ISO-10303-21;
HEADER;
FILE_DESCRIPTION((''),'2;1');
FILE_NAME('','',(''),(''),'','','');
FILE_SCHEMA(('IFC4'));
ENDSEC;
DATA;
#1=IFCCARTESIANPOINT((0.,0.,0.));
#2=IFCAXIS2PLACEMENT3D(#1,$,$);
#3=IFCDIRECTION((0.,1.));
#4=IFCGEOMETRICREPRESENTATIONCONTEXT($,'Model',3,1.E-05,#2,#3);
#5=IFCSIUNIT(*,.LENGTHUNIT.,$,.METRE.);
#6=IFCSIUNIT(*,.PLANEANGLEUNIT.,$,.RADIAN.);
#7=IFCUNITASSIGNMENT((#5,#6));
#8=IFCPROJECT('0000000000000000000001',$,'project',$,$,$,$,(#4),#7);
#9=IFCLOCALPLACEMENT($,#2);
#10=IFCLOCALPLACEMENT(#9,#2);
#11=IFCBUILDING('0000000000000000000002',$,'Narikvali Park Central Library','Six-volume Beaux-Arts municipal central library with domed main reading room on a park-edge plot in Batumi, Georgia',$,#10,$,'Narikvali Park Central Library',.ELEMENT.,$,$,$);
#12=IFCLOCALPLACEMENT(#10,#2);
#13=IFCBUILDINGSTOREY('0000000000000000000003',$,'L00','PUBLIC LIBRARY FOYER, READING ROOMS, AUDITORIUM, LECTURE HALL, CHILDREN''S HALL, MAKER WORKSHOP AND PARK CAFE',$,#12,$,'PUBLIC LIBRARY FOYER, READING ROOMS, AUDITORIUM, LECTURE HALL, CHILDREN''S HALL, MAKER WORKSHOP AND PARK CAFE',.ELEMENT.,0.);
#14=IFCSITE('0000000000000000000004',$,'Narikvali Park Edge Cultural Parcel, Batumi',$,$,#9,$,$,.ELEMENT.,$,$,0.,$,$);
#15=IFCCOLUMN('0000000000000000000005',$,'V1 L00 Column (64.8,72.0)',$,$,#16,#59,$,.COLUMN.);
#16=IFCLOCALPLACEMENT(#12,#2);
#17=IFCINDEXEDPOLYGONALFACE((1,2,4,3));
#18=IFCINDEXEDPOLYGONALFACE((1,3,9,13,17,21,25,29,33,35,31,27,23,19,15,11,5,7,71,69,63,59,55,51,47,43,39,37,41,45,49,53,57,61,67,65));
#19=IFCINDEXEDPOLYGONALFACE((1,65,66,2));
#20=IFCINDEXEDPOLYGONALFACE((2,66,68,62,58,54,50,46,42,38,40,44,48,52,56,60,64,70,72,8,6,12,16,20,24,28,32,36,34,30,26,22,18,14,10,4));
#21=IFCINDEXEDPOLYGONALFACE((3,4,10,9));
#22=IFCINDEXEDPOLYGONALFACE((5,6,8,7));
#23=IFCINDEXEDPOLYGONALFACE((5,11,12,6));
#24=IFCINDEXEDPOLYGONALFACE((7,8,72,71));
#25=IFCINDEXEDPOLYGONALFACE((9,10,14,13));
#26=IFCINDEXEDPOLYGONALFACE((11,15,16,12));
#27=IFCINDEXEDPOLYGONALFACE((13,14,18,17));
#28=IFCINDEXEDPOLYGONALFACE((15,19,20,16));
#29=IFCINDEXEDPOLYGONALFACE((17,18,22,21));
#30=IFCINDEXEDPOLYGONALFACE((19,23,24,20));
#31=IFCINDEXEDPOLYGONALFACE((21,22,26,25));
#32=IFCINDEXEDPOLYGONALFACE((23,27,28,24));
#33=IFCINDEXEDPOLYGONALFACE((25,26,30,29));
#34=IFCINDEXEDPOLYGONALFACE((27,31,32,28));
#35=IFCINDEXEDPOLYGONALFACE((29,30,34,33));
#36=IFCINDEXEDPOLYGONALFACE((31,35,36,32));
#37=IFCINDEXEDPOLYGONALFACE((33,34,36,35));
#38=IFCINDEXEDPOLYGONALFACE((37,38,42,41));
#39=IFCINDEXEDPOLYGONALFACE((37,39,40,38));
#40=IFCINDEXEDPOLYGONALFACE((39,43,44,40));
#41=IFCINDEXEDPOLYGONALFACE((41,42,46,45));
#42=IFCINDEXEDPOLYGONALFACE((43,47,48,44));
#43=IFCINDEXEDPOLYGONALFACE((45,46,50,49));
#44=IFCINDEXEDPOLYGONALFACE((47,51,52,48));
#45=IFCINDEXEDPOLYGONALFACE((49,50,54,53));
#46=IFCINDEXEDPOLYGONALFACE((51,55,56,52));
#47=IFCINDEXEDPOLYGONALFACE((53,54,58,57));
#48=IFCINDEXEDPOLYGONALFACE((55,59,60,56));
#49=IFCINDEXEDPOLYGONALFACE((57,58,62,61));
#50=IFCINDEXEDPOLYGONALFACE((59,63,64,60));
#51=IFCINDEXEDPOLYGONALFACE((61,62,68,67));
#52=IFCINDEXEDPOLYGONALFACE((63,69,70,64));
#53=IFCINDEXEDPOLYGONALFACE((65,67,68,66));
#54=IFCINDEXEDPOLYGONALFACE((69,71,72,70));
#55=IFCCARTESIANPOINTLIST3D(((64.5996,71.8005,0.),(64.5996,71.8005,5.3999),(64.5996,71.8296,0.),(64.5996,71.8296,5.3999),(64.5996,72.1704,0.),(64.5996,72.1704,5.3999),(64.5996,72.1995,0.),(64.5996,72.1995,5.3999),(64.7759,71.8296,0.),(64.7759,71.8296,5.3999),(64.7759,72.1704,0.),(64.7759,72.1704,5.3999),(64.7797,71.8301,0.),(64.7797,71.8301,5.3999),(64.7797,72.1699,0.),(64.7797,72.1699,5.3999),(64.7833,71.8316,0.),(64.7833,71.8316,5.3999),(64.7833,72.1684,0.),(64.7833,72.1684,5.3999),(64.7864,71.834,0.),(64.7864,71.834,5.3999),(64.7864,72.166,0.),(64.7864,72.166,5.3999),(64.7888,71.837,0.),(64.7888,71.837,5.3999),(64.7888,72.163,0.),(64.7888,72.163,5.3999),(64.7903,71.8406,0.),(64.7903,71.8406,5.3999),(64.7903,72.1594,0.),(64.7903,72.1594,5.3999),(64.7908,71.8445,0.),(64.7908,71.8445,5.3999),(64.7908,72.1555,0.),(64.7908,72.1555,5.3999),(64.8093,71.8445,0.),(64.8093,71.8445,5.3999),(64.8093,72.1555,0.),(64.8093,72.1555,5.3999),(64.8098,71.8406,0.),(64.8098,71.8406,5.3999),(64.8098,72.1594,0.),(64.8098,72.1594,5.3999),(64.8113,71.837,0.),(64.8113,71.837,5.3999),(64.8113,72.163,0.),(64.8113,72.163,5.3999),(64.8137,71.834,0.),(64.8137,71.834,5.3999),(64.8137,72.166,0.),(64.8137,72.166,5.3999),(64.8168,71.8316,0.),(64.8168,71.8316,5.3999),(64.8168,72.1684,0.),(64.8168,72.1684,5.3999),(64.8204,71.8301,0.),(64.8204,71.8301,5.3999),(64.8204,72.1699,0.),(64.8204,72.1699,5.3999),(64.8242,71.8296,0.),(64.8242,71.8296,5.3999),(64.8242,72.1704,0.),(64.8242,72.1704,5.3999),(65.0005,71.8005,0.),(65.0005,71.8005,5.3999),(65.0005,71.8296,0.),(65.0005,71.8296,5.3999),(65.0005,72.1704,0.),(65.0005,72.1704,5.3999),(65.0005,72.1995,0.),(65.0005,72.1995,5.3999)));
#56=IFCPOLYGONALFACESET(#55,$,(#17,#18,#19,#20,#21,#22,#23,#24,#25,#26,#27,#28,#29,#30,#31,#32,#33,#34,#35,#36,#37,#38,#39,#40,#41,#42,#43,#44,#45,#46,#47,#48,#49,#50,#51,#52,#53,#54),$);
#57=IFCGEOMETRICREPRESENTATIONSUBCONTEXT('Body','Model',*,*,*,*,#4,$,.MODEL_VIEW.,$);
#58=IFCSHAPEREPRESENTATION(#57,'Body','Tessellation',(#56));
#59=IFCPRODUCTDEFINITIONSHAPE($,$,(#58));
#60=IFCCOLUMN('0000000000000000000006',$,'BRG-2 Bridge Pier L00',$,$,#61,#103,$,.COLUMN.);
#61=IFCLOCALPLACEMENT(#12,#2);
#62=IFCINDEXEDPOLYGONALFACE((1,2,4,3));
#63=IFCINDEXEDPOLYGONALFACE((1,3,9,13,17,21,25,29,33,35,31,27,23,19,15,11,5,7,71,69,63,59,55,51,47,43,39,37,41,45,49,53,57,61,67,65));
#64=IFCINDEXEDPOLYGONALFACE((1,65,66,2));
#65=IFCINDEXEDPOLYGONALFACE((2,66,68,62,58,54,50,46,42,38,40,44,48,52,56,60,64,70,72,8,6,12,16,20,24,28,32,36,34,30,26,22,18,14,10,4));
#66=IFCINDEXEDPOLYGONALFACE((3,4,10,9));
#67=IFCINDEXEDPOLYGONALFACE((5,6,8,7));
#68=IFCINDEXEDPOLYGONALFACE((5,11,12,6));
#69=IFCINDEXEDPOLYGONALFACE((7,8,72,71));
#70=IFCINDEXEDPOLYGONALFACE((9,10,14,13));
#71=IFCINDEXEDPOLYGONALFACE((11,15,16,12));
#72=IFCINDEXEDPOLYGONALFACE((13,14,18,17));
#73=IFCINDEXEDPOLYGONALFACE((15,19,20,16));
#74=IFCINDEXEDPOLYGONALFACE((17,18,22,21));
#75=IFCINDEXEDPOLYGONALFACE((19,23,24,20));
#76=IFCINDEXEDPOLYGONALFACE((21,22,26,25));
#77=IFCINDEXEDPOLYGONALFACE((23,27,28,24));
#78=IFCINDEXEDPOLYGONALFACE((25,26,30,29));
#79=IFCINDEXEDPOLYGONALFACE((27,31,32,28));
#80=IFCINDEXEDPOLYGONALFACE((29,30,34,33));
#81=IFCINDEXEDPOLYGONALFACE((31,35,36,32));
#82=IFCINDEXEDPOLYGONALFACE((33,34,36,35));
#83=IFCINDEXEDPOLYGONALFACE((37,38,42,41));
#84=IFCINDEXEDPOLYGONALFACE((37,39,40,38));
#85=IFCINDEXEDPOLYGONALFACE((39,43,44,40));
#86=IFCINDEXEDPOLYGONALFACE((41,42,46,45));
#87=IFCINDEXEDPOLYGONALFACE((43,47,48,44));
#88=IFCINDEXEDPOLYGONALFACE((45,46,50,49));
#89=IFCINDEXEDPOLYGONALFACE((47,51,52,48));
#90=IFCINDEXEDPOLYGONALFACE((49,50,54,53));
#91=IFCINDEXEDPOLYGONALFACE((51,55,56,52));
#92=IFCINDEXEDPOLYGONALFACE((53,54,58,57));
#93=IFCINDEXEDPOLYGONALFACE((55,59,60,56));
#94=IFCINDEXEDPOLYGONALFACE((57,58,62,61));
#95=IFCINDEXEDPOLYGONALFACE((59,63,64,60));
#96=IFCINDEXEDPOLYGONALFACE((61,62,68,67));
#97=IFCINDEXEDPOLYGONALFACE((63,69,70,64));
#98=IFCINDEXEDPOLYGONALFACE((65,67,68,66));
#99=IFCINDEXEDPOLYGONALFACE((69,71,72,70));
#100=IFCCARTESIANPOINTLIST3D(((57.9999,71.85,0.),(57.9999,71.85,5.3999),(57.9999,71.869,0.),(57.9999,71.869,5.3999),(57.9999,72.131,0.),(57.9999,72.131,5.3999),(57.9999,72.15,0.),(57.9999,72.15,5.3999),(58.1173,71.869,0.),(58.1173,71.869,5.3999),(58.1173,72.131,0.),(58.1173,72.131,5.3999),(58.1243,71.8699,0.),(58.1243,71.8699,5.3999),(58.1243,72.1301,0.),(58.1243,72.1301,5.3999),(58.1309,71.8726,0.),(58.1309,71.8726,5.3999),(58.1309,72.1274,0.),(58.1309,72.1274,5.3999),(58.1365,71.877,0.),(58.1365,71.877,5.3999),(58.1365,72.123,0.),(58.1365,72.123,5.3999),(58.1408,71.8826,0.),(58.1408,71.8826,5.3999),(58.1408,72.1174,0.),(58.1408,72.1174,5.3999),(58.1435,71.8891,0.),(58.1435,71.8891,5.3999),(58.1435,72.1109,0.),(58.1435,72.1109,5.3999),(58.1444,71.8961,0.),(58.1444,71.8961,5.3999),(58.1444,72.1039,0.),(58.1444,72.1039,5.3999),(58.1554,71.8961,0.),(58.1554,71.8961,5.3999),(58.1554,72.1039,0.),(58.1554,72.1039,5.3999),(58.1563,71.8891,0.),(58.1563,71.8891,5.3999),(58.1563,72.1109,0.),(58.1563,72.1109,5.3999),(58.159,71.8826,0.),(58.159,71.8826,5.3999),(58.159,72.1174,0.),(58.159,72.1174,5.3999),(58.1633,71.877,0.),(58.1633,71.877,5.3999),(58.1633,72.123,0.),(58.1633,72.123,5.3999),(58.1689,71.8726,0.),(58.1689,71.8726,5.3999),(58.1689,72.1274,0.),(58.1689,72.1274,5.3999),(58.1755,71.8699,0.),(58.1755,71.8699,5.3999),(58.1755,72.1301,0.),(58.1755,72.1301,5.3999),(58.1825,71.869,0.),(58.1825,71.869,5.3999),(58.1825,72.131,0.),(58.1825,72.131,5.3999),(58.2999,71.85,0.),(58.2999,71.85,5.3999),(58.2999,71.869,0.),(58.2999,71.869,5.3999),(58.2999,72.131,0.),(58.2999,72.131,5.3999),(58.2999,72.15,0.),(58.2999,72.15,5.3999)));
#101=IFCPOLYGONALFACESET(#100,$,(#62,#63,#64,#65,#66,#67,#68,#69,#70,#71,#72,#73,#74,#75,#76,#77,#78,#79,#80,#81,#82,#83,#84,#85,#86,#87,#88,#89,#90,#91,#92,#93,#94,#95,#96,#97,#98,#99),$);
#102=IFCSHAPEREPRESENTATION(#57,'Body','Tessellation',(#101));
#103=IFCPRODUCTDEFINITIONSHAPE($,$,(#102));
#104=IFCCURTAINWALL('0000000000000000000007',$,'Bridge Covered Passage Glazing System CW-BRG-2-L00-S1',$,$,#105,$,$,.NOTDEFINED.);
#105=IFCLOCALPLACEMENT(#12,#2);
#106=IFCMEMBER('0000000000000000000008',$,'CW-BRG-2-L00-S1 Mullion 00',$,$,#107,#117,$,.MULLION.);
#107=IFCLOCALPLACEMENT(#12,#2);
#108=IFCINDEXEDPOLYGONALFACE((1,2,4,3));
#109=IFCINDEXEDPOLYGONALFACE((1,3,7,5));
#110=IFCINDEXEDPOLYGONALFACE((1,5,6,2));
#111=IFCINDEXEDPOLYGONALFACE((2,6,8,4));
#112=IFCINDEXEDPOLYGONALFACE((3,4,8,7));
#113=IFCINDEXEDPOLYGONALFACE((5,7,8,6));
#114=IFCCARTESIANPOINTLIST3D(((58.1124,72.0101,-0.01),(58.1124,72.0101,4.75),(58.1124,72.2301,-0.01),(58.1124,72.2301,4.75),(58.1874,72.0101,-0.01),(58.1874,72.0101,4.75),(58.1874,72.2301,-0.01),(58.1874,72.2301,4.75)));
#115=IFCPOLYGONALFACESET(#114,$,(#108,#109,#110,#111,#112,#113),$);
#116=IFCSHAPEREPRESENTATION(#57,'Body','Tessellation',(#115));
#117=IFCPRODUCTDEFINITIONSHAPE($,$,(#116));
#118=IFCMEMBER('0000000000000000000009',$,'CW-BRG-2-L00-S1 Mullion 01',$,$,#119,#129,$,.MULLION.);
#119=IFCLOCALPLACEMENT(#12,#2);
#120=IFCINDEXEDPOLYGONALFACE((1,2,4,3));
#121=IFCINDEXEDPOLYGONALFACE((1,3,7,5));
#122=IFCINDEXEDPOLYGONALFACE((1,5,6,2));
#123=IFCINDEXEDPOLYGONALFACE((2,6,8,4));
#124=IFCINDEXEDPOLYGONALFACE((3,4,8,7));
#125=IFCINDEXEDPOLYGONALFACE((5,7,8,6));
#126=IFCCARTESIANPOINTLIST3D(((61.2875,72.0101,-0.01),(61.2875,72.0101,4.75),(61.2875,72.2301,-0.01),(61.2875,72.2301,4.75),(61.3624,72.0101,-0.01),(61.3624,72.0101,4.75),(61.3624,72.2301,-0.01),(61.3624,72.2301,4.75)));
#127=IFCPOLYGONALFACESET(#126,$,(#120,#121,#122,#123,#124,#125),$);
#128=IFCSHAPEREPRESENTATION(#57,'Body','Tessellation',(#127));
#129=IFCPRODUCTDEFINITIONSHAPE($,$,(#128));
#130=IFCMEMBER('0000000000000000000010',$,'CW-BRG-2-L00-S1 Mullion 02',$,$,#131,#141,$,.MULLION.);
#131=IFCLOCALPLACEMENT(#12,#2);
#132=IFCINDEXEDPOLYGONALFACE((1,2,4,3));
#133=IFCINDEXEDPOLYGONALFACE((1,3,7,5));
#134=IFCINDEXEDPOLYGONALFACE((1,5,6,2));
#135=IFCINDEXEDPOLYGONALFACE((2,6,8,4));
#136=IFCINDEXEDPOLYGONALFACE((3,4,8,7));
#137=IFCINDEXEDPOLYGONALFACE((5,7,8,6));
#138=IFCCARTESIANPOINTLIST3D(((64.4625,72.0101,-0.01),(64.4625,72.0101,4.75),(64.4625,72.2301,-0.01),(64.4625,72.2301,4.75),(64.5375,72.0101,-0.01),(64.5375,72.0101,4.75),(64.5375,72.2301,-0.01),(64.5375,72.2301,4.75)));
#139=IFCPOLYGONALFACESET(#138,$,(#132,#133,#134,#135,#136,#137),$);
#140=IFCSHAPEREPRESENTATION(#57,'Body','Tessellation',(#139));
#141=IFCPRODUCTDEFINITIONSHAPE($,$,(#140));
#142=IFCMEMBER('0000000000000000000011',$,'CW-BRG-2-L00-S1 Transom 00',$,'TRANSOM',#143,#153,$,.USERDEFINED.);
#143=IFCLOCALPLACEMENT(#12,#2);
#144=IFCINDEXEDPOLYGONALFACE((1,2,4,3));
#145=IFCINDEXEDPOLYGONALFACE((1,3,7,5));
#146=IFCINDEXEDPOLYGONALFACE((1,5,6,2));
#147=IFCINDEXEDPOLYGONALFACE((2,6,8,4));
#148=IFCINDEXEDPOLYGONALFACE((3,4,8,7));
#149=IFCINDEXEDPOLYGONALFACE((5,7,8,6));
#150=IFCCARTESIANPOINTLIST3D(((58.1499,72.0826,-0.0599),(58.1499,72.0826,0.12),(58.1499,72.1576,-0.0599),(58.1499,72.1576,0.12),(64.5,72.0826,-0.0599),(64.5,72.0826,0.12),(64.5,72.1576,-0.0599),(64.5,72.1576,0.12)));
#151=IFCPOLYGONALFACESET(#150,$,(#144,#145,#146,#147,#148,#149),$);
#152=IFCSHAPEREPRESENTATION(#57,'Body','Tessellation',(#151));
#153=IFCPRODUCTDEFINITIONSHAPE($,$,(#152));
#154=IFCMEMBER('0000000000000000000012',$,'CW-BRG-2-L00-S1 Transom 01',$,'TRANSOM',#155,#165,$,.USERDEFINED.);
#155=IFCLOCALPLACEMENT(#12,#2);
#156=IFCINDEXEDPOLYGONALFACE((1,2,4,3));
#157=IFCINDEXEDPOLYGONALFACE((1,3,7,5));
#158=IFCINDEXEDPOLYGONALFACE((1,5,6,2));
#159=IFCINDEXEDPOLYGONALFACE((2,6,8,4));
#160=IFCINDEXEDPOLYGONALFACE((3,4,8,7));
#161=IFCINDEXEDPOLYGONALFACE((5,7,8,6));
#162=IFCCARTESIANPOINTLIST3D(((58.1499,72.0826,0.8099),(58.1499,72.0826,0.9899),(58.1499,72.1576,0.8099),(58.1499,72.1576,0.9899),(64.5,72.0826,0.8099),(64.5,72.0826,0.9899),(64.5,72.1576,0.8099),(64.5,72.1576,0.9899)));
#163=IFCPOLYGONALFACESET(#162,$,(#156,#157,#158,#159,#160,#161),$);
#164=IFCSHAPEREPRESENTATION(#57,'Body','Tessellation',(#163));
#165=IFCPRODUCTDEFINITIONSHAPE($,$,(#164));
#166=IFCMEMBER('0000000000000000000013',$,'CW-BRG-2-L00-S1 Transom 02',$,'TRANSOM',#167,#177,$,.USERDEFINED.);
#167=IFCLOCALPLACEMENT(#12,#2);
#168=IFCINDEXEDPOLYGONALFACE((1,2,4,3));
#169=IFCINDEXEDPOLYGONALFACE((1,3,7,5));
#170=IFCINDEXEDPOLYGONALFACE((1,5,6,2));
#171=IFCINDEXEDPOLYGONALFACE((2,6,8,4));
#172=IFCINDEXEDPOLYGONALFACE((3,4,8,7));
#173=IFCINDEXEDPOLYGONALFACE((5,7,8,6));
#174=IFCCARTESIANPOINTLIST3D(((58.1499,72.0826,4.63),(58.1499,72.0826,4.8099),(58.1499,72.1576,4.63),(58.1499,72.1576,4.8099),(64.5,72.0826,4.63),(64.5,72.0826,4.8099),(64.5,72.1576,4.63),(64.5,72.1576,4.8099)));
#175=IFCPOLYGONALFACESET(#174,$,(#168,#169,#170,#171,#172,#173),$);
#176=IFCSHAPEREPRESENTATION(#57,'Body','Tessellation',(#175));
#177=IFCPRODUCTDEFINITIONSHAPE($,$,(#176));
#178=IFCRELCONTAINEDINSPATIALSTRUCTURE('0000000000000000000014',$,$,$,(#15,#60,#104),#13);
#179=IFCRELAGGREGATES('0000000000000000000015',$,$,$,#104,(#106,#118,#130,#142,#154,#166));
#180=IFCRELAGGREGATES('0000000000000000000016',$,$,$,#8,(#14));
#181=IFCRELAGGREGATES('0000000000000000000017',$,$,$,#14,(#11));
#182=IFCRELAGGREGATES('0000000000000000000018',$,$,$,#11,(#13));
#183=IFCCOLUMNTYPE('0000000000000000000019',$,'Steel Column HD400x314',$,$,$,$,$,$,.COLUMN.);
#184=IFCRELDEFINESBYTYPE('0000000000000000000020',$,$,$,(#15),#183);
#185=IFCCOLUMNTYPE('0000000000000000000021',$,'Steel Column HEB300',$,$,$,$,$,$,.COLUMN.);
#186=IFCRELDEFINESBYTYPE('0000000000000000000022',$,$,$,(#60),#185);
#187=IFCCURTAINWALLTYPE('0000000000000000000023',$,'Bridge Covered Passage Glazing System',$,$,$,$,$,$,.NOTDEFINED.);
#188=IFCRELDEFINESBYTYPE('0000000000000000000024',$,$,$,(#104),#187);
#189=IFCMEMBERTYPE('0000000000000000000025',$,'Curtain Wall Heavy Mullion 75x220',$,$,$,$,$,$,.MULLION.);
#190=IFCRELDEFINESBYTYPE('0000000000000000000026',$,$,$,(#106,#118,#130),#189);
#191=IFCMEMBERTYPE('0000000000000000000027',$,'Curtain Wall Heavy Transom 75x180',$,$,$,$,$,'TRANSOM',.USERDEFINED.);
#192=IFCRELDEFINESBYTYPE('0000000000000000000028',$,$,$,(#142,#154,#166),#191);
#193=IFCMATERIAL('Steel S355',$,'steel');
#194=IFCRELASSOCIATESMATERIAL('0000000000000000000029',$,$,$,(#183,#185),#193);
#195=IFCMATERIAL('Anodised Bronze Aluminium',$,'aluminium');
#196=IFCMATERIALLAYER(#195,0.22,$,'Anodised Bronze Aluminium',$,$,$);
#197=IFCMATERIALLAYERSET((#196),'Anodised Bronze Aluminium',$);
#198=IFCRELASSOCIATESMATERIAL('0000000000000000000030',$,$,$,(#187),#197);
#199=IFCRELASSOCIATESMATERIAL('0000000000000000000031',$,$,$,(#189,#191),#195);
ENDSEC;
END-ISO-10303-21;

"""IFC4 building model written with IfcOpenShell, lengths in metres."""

from ifc_helpers import new_model, si_unit, direction, frame, origin, origin_2d, place, context, subcontext, project, spatial, rectangle, i_section, extrude, material, layer, layer_set, material_profile, profile_set, type_object, element, aggregate, save


model = new_model("IFC4")

# Units and contexts
model_context = context("Model", 3, precision=1e-05, world=origin(), true_north=direction((0.0, 1.0)))
body_context = subcontext(model_context, "Body", "Model", "MODEL_VIEW")
ifc_project = project(units=[si_unit("LENGTHUNIT", "METRE"), si_unit("PLANEANGLEUNIT", "RADIAN")], contexts=[model_context])

# Site, building, storey
site_placement = place(None, origin())
site = spatial("IfcSite", under=ifc_project, at=site_placement, Name="Narikvali Park Edge Cultural Parcel, Batumi", CompositionType="ELEMENT", RefElevation=0.0)
building_placement = place(site_placement, origin())
building = spatial("IfcBuilding", under=site, at=building_placement, Name="Narikvali Park Central Library", Description="Six-volume Beaux-Arts municipal central library with domed main reading room on a park-edge plot in Batumi, Georgia", LongName="Narikvali Park Central Library", CompositionType="ELEMENT")
storey_placement = place(building_placement, origin())
storey = spatial("IfcBuildingStorey", under=building, at=storey_placement, Name="L00", Description="PUBLIC LIBRARY FOYER, READING ROOMS, AUDITORIUM, LECTURE HALL, CHILDREN'S HALL, MAKER WORKSHOP AND PARK CAFE", LongName="PUBLIC LIBRARY FOYER, READING ROOMS, AUDITORIUM, LECTURE HALL, CHILDREN'S HALL, MAKER WORKSHOP AND PARK CAFE", CompositionType="ELEMENT", Elevation=0.0)

# Columns
ifc_material_1 = material(Name="Steel S355", Category="steel")
ifc_material_profile_1 = material_profile(ifc_material_1, i_section(OverallWidth=0.4009, OverallDepth=0.3989, WebThickness=0.0186, FlangeThickness=0.0291, FilletRadius=0.0149, at=origin_2d()), Name="HD 400x314")
ifc_profile_set_1 = profile_set([ifc_material_profile_1], Name="Steel S355")
column_type_1 = type_object("IfcColumnType", Name="Steel Column HD400x314", PredefinedType="COLUMN", material=ifc_profile_set_1)
column_1_placement = place(storey_placement, frame((64.8, 72.0, 0.0), z_axis=(0.0, 0.0, 1.0), x_axis=(1.0, 0.0, 0.0)))
element("IfcColumn", 1, at=column_1_placement, inside=storey, type_object=column_type_1, Name="V1 L00 Column (64.8,72.0)", PredefinedType="COLUMN", context=body_context, shape_type="SweptSolid", body=[
    extrude(i_section(OverallWidth=0.4009, OverallDepth=0.3989, WebThickness=0.0186, FlangeThickness=0.0291, FilletRadius=0.0149, at=origin_2d()), origin(), (0.0, 0.0, 1.0), 5.3999),
])
ifc_material_profile_2 = material_profile(ifc_material_1, i_section(OverallWidth=0.3, OverallDepth=0.3, WebThickness=0.011, FlangeThickness=0.019, FilletRadius=0.0271, at=origin_2d()), Name="HEB 300")
ifc_profile_set_2 = profile_set([ifc_material_profile_2], Name="Steel S355")
column_type_2 = type_object("IfcColumnType", Name="Steel Column HEB300", PredefinedType="COLUMN", material=ifc_profile_set_2)
column_2_placement = place(storey_placement, frame((58.1499, 72.0, 0.0), z_axis=(0.0, 0.0, 1.0), x_axis=(1.0, 0.0, 0.0)))
element("IfcColumn", 2, at=column_2_placement, inside=storey, type_object=column_type_2, Name="BRG-2 Bridge Pier L00", PredefinedType="COLUMN", context=body_context, shape_type="SweptSolid", body=[
    extrude(i_section(OverallWidth=0.3, OverallDepth=0.3, WebThickness=0.011, FlangeThickness=0.019, FilletRadius=0.0271, at=origin_2d()), origin(), (0.0, 0.0, 1.0), 5.3999),
])

# Curtain wall, members
ifc_material_2 = material(Name="Anodised Bronze Aluminium", Category="aluminium")
ifc_layer_1 = layer(ifc_material_2, 0.22, Name="Anodised Bronze Aluminium")
ifc_layer_set_1 = layer_set([ifc_layer_1], Name="Anodised Bronze Aluminium")
curtain_wall_type = type_object("IfcCurtainWallType", Name="Bridge Covered Passage Glazing System", PredefinedType="NOTDEFINED", material=ifc_layer_set_1)
curtain_wall_placement = place(storey_placement, origin())
curtain_wall = element("IfcCurtainWall", 3, at=curtain_wall_placement, inside=storey, type_object=curtain_wall_type, Name="Bridge Covered Passage Glazing System CW-BRG-2-L00-S1", PredefinedType="NOTDEFINED")
ifc_material_profile_3 = material_profile(ifc_material_2, rectangle(XDim=0.075, YDim=0.22, at=origin_2d()), Name="CW MULLION 75x220")
ifc_profile_set_3 = profile_set([ifc_material_profile_3], Name="Anodised Bronze Aluminium")
member_type_1 = type_object("IfcMemberType", Name="Curtain Wall Heavy Mullion 75x220", PredefinedType="MULLION", material=ifc_profile_set_3)
member_1_placement = place(storey_placement, frame((58.1499, 72.1201, -0.01), z_axis=(0.0, 0.0, 1.0), x_axis=(1.0, 0.0, 0.0)))
member_1 = element("IfcMember", 4, at=member_1_placement, type_object=member_type_1, Name="CW-BRG-2-L00-S1 Mullion 00", PredefinedType="MULLION", context=body_context, shape_type="SweptSolid", body=[
    extrude(rectangle(XDim=0.075, YDim=0.22, at=origin_2d()), origin(), (0.0, 0.0, 1.0), 4.76),
])
member_2_placement = place(storey_placement, frame((61.325, 72.1201, -0.01), z_axis=(0.0, 0.0, 1.0), x_axis=(1.0, 0.0, 0.0)))
member_2 = element("IfcMember", 5, at=member_2_placement, type_object=member_type_1, Name="CW-BRG-2-L00-S1 Mullion 01", PredefinedType="MULLION", context=body_context, shape_type="SweptSolid", body=[
    extrude(rectangle(XDim=0.075, YDim=0.22, at=origin_2d()), origin(), (0.0, 0.0, 1.0), 4.76),
])
member_3_placement = place(storey_placement, frame((64.5, 72.1201, -0.01), z_axis=(0.0, 0.0, 1.0), x_axis=(1.0, 0.0, 0.0)))
member_3 = element("IfcMember", 6, at=member_3_placement, type_object=member_type_1, Name="CW-BRG-2-L00-S1 Mullion 02", PredefinedType="MULLION", context=body_context, shape_type="SweptSolid", body=[
    extrude(rectangle(XDim=0.075, YDim=0.22, at=origin_2d()), origin(), (0.0, 0.0, 1.0), 4.76),
])
ifc_material_profile_4 = material_profile(ifc_material_2, rectangle(XDim=0.075, YDim=0.1799, at=origin_2d()), Name="CW TRANSOM 75x180")
ifc_profile_set_4 = profile_set([ifc_material_profile_4], Name="Anodised Bronze Aluminium")
member_type_2 = type_object("IfcMemberType", Name="Curtain Wall Heavy Transom 75x180", ElementType="TRANSOM", PredefinedType="USERDEFINED", material=ifc_profile_set_4)
member_4_placement = place(storey_placement, frame((58.1499, 72.1201, 0.03), z_axis=(1.0, 0.0, 0.0), x_axis=(0.0, 1.0, 0.0)))
member_4 = element("IfcMember", 7, at=member_4_placement, type_object=member_type_2, Name="CW-BRG-2-L00-S1 Transom 00", ObjectType="TRANSOM", PredefinedType="USERDEFINED", context=body_context, shape_type="SweptSolid", body=[
    extrude(rectangle(XDim=0.075, YDim=0.1799, at=origin_2d()), origin(), (0.0, 0.0, 1.0), 6.3501),
])
member_5_placement = place(storey_placement, frame((58.1499, 72.1201, 0.8999), z_axis=(1.0, 0.0, 0.0), x_axis=(0.0, 1.0, 0.0)))
member_5 = element("IfcMember", 8, at=member_5_placement, type_object=member_type_2, Name="CW-BRG-2-L00-S1 Transom 01", ObjectType="TRANSOM", PredefinedType="USERDEFINED", context=body_context, shape_type="SweptSolid", body=[
    extrude(rectangle(XDim=0.075, YDim=0.1799, at=origin_2d()), origin(), (0.0, 0.0, 1.0), 6.3501),
])
member_6_placement = place(storey_placement, frame((58.1499, 72.1201, 4.72), z_axis=(1.0, 0.0, 0.0), x_axis=(0.0, 1.0, 0.0)))
member_6 = element("IfcMember", 9, at=member_6_placement, type_object=member_type_2, Name="CW-BRG-2-L00-S1 Transom 02", ObjectType="TRANSOM", PredefinedType="USERDEFINED", context=body_context, shape_type="SweptSolid", body=[
    extrude(rectangle(XDim=0.075, YDim=0.1799, at=origin_2d()), origin(), (0.0, 0.0, 1.0), 6.3501),
])

aggregate(curtain_wall, [member_1, member_2, member_3, member_4, member_5, member_6])

save(model, "model.ifc")
